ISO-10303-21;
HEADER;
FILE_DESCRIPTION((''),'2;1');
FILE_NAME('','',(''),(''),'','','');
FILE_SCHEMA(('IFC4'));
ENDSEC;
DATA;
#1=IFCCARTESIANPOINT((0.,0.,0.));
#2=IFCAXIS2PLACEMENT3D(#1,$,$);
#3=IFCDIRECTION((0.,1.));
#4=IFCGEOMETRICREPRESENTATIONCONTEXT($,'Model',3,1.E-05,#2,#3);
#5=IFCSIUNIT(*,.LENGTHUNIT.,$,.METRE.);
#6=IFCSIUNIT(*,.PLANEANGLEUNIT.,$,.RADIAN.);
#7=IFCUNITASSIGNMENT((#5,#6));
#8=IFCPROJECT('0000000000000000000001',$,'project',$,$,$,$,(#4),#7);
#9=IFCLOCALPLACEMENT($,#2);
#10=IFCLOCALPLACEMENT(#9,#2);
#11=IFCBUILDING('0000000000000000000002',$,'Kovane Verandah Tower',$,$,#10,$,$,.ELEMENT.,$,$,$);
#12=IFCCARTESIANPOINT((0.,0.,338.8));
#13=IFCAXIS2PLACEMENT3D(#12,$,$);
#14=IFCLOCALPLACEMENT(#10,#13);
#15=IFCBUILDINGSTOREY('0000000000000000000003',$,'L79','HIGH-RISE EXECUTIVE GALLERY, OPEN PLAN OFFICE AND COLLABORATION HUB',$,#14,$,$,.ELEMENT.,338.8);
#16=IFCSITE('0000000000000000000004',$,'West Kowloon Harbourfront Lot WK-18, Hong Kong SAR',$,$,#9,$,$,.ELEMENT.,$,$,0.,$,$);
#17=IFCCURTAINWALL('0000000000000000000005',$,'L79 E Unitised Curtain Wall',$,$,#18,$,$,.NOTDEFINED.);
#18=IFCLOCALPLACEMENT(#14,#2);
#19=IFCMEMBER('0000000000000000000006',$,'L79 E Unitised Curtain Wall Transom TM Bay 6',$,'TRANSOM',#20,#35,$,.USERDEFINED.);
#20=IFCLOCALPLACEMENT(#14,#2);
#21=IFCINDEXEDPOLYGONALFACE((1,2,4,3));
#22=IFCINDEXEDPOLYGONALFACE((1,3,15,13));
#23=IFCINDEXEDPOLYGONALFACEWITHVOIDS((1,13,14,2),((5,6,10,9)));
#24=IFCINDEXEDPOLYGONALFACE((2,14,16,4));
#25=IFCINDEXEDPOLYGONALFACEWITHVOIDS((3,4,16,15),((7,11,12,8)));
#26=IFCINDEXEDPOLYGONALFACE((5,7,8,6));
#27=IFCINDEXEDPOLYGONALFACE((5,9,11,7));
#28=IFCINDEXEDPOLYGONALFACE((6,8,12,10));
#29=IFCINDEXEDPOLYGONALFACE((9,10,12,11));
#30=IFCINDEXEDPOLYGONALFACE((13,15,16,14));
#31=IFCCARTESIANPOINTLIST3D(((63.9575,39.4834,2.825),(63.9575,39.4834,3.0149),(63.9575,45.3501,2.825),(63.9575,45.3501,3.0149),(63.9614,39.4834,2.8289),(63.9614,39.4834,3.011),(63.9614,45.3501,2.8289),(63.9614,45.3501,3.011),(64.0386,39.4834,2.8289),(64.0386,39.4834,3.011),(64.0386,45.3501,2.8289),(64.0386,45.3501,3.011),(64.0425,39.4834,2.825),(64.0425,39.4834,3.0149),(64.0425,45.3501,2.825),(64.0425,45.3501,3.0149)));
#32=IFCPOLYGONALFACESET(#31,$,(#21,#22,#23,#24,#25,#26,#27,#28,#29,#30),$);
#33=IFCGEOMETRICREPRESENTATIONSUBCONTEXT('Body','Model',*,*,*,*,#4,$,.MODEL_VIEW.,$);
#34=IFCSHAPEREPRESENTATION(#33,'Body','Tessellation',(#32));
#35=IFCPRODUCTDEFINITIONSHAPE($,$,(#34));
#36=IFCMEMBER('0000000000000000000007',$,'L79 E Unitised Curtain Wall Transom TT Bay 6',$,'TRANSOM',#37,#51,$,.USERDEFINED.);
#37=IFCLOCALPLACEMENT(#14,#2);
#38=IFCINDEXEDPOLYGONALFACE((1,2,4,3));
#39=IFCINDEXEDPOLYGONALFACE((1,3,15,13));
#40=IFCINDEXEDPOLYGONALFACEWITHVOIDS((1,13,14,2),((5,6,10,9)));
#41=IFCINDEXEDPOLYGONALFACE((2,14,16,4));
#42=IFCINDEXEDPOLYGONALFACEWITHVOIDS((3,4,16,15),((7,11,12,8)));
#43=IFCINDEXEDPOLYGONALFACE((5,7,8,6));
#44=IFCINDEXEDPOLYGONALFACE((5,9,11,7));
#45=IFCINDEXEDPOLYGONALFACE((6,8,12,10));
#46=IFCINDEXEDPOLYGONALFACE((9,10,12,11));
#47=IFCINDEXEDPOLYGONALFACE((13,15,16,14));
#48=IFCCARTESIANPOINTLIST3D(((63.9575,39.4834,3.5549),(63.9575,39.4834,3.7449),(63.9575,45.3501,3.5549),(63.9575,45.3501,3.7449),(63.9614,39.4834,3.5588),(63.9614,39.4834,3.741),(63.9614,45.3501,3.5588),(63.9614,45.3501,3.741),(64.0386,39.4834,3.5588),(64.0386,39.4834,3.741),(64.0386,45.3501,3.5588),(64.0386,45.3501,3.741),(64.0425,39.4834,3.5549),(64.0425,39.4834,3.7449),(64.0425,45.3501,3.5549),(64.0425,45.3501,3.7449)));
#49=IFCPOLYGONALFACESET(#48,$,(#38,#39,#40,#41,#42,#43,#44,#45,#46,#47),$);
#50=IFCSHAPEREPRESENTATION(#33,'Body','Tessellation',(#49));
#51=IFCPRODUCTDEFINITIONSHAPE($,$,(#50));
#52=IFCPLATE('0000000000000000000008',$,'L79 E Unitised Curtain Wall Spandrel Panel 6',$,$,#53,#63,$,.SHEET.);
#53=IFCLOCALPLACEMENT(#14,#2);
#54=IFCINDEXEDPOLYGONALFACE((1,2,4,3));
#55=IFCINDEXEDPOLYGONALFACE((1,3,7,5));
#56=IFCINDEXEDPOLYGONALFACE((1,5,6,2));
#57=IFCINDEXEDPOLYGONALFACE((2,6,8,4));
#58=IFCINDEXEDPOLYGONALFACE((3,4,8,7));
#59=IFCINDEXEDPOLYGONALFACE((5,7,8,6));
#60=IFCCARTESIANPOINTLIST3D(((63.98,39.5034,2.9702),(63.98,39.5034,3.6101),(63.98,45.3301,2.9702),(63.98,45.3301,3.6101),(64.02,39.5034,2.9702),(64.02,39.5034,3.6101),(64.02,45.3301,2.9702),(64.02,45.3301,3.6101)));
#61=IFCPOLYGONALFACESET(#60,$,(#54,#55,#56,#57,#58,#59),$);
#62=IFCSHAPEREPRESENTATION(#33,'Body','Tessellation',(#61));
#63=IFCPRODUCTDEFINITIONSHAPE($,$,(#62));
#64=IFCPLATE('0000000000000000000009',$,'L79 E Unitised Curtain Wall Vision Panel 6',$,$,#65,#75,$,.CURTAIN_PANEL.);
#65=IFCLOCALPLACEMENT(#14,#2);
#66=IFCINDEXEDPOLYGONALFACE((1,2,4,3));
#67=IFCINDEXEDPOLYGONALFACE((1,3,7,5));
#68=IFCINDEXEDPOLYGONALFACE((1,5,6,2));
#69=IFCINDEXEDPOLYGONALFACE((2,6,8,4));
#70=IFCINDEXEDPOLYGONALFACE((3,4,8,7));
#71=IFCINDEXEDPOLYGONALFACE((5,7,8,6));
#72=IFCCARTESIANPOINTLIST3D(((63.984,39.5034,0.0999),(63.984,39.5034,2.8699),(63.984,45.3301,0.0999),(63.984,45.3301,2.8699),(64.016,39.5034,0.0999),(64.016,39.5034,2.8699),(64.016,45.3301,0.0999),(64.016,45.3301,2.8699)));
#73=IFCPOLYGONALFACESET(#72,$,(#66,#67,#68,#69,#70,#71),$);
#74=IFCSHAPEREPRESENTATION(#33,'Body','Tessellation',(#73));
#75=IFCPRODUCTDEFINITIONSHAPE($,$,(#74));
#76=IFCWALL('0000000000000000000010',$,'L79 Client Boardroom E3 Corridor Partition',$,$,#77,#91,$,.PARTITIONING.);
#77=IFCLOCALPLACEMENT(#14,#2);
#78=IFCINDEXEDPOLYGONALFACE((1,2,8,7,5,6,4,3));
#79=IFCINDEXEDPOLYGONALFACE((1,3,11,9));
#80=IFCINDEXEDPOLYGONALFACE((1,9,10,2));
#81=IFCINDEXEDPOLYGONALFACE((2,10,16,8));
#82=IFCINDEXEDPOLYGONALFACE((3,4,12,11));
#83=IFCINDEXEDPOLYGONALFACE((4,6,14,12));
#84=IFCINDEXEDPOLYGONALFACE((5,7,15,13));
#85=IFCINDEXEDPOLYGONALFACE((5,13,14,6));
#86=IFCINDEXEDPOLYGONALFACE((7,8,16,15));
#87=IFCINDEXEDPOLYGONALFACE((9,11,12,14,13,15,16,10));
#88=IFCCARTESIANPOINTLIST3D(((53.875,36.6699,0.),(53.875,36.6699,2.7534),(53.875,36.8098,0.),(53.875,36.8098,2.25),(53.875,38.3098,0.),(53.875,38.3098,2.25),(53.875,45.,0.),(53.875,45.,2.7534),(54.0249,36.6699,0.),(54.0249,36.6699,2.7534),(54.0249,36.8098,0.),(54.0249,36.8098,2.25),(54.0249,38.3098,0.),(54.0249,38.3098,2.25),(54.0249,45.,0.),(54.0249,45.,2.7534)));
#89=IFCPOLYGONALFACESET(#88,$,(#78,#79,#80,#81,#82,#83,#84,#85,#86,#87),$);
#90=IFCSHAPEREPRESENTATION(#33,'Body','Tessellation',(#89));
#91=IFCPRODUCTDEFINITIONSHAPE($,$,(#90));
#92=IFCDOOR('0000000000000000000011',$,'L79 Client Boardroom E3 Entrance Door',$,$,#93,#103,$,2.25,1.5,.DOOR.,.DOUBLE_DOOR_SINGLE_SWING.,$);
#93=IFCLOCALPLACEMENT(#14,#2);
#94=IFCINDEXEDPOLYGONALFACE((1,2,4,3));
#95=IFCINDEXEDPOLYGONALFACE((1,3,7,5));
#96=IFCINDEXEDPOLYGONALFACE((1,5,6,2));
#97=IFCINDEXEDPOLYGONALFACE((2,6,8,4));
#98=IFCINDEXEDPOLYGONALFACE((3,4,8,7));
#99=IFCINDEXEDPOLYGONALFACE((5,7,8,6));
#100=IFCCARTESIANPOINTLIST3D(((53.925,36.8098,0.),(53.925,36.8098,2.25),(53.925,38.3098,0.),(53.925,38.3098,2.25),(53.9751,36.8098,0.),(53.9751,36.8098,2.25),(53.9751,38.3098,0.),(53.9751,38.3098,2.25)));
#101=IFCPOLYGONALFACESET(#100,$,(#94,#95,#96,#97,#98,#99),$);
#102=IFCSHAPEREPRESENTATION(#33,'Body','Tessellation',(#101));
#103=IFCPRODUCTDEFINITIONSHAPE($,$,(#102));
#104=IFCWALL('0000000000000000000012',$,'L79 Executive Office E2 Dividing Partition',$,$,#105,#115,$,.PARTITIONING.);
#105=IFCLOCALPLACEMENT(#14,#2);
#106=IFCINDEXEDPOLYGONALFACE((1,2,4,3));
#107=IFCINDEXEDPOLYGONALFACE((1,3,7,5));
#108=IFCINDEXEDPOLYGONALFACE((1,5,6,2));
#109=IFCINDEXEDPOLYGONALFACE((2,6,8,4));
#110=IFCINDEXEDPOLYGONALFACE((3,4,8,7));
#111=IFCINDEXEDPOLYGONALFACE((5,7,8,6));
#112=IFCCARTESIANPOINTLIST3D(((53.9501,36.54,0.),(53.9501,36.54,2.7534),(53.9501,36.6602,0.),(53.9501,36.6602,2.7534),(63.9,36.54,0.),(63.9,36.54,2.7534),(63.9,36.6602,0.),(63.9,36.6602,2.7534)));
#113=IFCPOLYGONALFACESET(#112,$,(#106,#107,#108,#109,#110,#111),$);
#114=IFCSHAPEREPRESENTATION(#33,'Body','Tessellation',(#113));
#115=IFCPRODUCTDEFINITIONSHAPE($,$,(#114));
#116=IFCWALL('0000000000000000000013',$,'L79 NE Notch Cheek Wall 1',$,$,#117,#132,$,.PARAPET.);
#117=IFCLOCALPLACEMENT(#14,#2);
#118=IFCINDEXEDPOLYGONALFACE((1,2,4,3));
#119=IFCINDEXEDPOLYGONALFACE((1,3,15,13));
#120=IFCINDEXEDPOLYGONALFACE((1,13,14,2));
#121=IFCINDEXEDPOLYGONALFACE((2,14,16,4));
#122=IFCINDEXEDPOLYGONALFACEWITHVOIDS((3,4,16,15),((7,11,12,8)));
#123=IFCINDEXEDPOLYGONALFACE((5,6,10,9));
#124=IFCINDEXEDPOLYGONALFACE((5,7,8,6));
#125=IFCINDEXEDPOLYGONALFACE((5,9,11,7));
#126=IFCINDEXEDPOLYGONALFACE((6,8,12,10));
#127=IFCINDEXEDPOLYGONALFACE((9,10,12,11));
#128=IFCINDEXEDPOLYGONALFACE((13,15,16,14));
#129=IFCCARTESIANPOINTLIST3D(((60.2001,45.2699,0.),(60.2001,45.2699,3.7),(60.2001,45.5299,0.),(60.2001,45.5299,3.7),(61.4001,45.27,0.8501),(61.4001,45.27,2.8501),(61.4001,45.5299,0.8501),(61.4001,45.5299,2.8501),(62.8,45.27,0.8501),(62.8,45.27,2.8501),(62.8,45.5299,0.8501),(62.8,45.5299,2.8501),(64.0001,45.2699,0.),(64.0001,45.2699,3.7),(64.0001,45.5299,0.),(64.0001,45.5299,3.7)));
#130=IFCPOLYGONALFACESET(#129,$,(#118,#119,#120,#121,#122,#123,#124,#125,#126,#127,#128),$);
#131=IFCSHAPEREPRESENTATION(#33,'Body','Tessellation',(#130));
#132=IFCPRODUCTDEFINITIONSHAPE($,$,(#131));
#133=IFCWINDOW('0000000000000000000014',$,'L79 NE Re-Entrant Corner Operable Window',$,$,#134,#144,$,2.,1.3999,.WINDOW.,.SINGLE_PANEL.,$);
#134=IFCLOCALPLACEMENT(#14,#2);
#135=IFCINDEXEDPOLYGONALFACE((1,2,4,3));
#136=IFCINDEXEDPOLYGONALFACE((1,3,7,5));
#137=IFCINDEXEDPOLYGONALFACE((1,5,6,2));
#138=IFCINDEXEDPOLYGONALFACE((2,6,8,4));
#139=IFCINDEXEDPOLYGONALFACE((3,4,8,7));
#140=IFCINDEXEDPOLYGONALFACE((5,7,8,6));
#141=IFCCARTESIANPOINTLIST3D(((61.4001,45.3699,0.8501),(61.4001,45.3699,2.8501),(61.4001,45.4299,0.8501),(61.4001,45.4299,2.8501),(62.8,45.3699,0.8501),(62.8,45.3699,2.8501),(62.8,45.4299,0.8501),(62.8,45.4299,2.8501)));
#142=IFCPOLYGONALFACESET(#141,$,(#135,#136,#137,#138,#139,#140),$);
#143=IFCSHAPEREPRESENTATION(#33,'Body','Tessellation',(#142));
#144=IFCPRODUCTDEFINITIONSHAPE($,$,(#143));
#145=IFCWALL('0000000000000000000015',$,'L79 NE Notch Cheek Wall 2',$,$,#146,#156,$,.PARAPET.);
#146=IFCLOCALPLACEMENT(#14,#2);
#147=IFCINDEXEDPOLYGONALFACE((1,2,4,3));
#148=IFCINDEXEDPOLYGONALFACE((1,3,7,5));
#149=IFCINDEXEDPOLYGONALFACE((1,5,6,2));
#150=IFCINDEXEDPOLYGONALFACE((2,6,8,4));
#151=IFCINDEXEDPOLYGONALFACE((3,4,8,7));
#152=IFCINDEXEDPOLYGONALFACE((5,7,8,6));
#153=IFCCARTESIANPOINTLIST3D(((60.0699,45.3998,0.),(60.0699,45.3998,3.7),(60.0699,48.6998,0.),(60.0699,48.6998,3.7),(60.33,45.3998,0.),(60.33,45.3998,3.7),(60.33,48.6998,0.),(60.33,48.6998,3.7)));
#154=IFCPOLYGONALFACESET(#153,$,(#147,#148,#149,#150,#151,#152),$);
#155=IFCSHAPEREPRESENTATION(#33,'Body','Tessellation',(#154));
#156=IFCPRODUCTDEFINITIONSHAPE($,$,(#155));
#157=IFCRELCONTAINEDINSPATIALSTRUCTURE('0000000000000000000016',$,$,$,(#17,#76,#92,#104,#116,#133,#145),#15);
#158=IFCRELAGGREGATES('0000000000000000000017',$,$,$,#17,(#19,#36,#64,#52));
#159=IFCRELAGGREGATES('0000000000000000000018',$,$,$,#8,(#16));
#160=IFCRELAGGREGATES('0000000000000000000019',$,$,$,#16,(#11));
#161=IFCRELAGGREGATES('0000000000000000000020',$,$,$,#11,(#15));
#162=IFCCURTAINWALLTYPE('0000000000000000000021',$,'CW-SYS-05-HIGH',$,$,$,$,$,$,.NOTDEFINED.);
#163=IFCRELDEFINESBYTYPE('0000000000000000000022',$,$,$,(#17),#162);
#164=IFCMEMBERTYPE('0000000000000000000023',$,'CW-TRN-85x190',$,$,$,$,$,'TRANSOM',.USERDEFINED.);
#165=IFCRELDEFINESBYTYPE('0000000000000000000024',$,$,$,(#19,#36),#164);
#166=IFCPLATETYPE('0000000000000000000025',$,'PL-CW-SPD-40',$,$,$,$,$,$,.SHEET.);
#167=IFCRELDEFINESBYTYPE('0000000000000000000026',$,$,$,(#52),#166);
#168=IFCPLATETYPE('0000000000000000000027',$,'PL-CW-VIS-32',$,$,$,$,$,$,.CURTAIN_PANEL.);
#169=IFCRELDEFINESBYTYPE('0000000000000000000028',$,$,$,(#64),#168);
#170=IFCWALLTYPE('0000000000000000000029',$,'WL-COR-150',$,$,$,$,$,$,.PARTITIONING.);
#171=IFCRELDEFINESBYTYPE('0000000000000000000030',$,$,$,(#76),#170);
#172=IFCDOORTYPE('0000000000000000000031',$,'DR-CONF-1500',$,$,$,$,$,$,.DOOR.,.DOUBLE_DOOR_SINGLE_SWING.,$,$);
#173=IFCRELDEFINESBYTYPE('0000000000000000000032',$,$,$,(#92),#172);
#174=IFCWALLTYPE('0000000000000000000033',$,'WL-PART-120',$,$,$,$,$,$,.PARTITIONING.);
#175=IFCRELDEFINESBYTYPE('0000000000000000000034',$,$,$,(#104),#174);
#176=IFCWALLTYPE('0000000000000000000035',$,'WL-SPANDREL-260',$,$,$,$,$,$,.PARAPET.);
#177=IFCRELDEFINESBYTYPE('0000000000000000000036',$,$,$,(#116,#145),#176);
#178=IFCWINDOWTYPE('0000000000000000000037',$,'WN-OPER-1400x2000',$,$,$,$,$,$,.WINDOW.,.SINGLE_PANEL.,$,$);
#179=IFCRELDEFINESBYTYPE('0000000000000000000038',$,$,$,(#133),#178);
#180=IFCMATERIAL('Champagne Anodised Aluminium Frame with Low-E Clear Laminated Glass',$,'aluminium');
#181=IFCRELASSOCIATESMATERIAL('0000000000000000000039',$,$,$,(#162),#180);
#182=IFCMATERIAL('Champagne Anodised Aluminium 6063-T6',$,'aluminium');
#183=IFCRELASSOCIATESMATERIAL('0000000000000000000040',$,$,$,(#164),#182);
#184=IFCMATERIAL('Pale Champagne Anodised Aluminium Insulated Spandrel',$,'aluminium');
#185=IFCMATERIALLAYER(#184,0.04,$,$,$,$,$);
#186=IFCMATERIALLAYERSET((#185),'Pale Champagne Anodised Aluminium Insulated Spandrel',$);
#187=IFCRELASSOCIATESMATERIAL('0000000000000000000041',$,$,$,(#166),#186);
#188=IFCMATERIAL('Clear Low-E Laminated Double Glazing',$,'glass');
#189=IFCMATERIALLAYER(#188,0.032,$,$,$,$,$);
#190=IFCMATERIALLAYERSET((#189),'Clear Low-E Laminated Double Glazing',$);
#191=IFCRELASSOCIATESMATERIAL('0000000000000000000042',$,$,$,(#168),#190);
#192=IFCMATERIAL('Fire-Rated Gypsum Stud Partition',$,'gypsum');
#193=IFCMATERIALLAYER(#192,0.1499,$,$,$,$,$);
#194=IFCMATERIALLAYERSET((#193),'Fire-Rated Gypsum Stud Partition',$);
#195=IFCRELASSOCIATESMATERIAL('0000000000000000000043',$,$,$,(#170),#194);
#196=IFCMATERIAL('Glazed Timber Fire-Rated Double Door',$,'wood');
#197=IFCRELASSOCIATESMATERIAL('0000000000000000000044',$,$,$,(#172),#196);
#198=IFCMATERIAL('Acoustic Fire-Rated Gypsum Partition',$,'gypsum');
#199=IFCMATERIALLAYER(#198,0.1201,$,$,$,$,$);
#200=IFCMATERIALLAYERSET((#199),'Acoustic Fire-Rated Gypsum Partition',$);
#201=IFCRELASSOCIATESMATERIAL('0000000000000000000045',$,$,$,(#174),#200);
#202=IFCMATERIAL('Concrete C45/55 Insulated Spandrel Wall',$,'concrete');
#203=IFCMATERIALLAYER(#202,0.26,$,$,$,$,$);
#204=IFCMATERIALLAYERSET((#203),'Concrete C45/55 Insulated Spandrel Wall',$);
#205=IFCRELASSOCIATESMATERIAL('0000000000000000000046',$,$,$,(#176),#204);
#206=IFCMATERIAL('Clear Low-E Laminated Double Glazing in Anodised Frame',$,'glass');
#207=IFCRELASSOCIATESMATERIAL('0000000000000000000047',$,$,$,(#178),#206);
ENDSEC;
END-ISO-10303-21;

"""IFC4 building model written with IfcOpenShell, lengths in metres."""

from ifc_helpers import new_model, si_unit, direction, frame, frame_2d, origin, origin_2d, place, context, subcontext, project, spatial, rectangle, hollow_rectangle, extrude, material, layer, layer_set, material_profile, profile_set, type_object, element, fill, aggregate, save


model = new_model("IFC4")

# Units and contexts
model_context = context("Model", 3, precision=1e-05, world=origin(), true_north=direction((0.0, 1.0)))
body_context = subcontext(model_context, "Body", "Model", "MODEL_VIEW")
ifc_project = project(units=[si_unit("LENGTHUNIT", "METRE"), si_unit("PLANEANGLEUNIT", "RADIAN")], contexts=[model_context])

# Site, building, storey
site_placement = place(None, origin())
site = spatial("IfcSite", under=ifc_project, at=site_placement, Name="West Kowloon Harbourfront Lot WK-18, Hong Kong SAR", CompositionType="ELEMENT", RefElevation=0.0)
building_placement = place(site_placement, origin())
building = spatial("IfcBuilding", under=site, at=building_placement, Name="Kovane Verandah Tower", CompositionType="ELEMENT")
storey_placement = place(building_placement, frame((0.0, 0.0, 338.8)))
storey = spatial("IfcBuildingStorey", under=building, at=storey_placement, Name="L79", Description="HIGH-RISE EXECUTIVE GALLERY, OPEN PLAN OFFICE AND COLLABORATION HUB", CompositionType="ELEMENT", Elevation=338.8)

# Curtain wall, members, plates
ifc_material_1 = material(Name="Champagne Anodised Aluminium Frame with Low-E Clear Laminated Glass", Category="aluminium")
curtain_wall_type = type_object("IfcCurtainWallType", Name="CW-SYS-05-HIGH", PredefinedType="NOTDEFINED", material=ifc_material_1)
curtain_wall_placement = place(storey_placement, origin())
curtain_wall = element("IfcCurtainWall", 1, at=curtain_wall_placement, inside=storey, type_object=curtain_wall_type, Name="L79 E Unitised Curtain Wall", PredefinedType="NOTDEFINED")
ifc_material_2 = material(Name="Champagne Anodised Aluminium 6063-T6", Category="aluminium")
ifc_material_profile_1 = material_profile(ifc_material_2, hollow_rectangle(XDim=0.085, YDim=0.1899, WallThickness=0.0039, at=origin_2d()), Name="AL85x190x4")
ifc_profile_set_1 = profile_set([ifc_material_profile_1], Name="Champagne Anodised Aluminium 6063-T6")
member_type_1 = type_object("IfcMemberType", Name="CW-TRN-85x190", ElementType="TRANSOM", PredefinedType="USERDEFINED", material=ifc_profile_set_1)
member_1_placement = place(storey_placement, frame((64.0, 39.4834, 2.9199), z_axis=(0.0, 1.0, 0.0), x_axis=(-1.0, 0.0, 0.0)))
member_1 = element("IfcMember", 2, at=member_1_placement, type_object=member_type_1, Name="L79 E Unitised Curtain Wall Transom TM Bay 6", ObjectType="TRANSOM", PredefinedType="USERDEFINED", context=body_context, shape_type="SweptSolid", body=[
    extrude(hollow_rectangle(XDim=0.085, YDim=0.1899, WallThickness=0.0039, at=origin_2d()), origin(), (0.0, 0.0, 1.0), 5.8667),
])
member_2_placement = place(storey_placement, frame((64.0, 39.4834, 3.6499), z_axis=(0.0, 1.0, 0.0), x_axis=(-1.0, 0.0, 0.0)))
member_2 = element("IfcMember", 3, at=member_2_placement, type_object=member_type_1, Name="L79 E Unitised Curtain Wall Transom TT Bay 6", ObjectType="TRANSOM", PredefinedType="USERDEFINED", context=body_context, shape_type="SweptSolid", body=[
    extrude(hollow_rectangle(XDim=0.085, YDim=0.1899, WallThickness=0.0039, at=origin_2d()), origin(), (0.0, 0.0, 1.0), 5.8667),
])
ifc_material_3 = material(Name="Pale Champagne Anodised Aluminium Insulated Spandrel", Category="aluminium")
ifc_layer_1 = layer(ifc_material_3, 0.04)
ifc_layer_set_1 = layer_set([ifc_layer_1], Name="Pale Champagne Anodised Aluminium Insulated Spandrel")
plate_type_1 = type_object("IfcPlateType", Name="PL-CW-SPD-40", PredefinedType="SHEET", material=ifc_layer_set_1)
plate_1_placement = place(storey_placement, frame((64.0, 42.4167, 2.9702), z_axis=(0.0, 0.0, 1.0), x_axis=(0.0, 1.0, 0.0)))
plate_1 = element("IfcPlate", 4, at=plate_1_placement, type_object=plate_type_1, Name="L79 E Unitised Curtain Wall Spandrel Panel 6", PredefinedType="SHEET", context=body_context, shape_type="SweptSolid", body=[
    extrude(rectangle(XDim=5.8267, YDim=0.04, at=origin_2d()), origin(), (0.0, 0.0, 1.0), 0.6399),
])
ifc_material_4 = material(Name="Clear Low-E Laminated Double Glazing", Category="glass")
ifc_layer_2 = layer(ifc_material_4, 0.032)
ifc_layer_set_2 = layer_set([ifc_layer_2], Name="Clear Low-E Laminated Double Glazing")
plate_type_2 = type_object("IfcPlateType", Name="PL-CW-VIS-32", PredefinedType="CURTAIN_PANEL", material=ifc_layer_set_2)
plate_2_placement = place(storey_placement, frame((64.0, 42.4167, 0.0999), z_axis=(0.0, 0.0, 1.0), x_axis=(0.0, 1.0, 0.0)))
plate_2 = element("IfcPlate", 5, at=plate_2_placement, type_object=plate_type_2, Name="L79 E Unitised Curtain Wall Vision Panel 6", PredefinedType="CURTAIN_PANEL", context=body_context, shape_type="SweptSolid", body=[
    extrude(rectangle(XDim=5.8267, YDim=0.032, at=origin_2d()), origin(), (0.0, 0.0, 1.0), 2.77),
])
aggregate(curtain_wall, [member_1, member_2, plate_2, plate_1])

# Wall, opening, door
ifc_material_5 = material(Name="Fire-Rated Gypsum Stud Partition", Category="gypsum")
ifc_layer_3 = layer(ifc_material_5, 0.1499)
ifc_layer_set_3 = layer_set([ifc_layer_3], Name="Fire-Rated Gypsum Stud Partition")
wall_type_1 = type_object("IfcWallType", Name="WL-COR-150", PredefinedType="PARTITIONING", material=ifc_layer_set_3)
wall_1_placement = place(storey_placement, frame((53.95, 36.6699, 0.0), z_axis=(0.0, 0.0, 1.0), x_axis=(0.0, 1.0, 0.0)))
wall_1 = element("IfcWall", 6, at=wall_1_placement, inside=storey, type_object=wall_type_1, Name="L79 Client Boardroom E3 Corridor Partition", PredefinedType="PARTITIONING", context=body_context, shape_type="SweptSolid", body=[
    extrude(rectangle(XDim=8.3301, YDim=0.1499, at=frame_2d((4.165, 0.0))), origin(), (0.0, 0.0, 1.0), 2.7534),
])
opening_1_placement = place(wall_1_placement, frame((0.1399, 0.0, 0.0)))
opening_1 = element("IfcOpeningElement", 7, at=opening_1_placement, cuts=wall_1, PredefinedType="OPENING", context=body_context, shape_type="SweptSolid", body=[
    extrude(rectangle(XDim=1.5, YDim=2.25, at=frame_2d((0.75, 1.125))), frame((0.0, 0.075, 0.0), z_axis=(0.0, -1.0, 0.0), x_axis=(1.0, 0.0, 0.0)), (0.0, 0.0, 1.0), 0.1499),
])
ifc_material_6 = material(Name="Glazed Timber Fire-Rated Double Door", Category="wood")
door_type_1 = type_object("IfcDoorType", Name="DR-CONF-1500", OperationType="DOUBLE_DOOR_SINGLE_SWING", PredefinedType="DOOR", material=ifc_material_6)
door_1_placement = place(opening_1_placement, origin())
door_1 = element("IfcDoor", 8, at=door_1_placement, inside=storey, type_object=door_type_1, Name="L79 Client Boardroom E3 Entrance Door", OperationType="DOUBLE_DOOR_SINGLE_SWING", OverallHeight=2.25, OverallWidth=1.5, PredefinedType="DOOR", context=body_context, shape_type="SweptSolid", body=[
    extrude(rectangle(XDim=1.5, YDim=2.25, at=frame_2d((0.75, 1.125))), frame((0.0, 0.0249, 0.0), z_axis=(0.0, -1.0, 0.0), x_axis=(1.0, 0.0, 0.0)), (0.0, 0.0, 1.0), 0.05),
])
fill(opening_1, door_1)

# Wall
ifc_material_7 = material(Name="Acoustic Fire-Rated Gypsum Partition", Category="gypsum")
ifc_layer_4 = layer(ifc_material_7, 0.1201)
ifc_layer_set_4 = layer_set([ifc_layer_4], Name="Acoustic Fire-Rated Gypsum Partition")
wall_type_2 = type_object("IfcWallType", Name="WL-PART-120", PredefinedType="PARTITIONING", material=ifc_layer_set_4)
wall_2_placement = place(storey_placement, frame((53.95, 36.6001, 0.0), z_axis=(0.0, 0.0, 1.0), x_axis=(1.0, 0.0, 0.0)))
element("IfcWall", 9, at=wall_2_placement, inside=storey, type_object=wall_type_2, Name="L79 Executive Office E2 Dividing Partition", PredefinedType="PARTITIONING", context=body_context, shape_type="SweptSolid", body=[
    extrude(rectangle(XDim=9.95, YDim=0.1201, at=frame_2d((4.9751, 0.0))), origin(), (0.0, 0.0, 1.0), 2.7534),
])

# Shared definitions
ifc_material_8 = material(Name="Concrete C45/55 Insulated Spandrel Wall", Category="concrete")
ifc_layer_5 = layer(ifc_material_8, 0.26)
ifc_layer_set_5 = layer_set([ifc_layer_5], Name="Concrete C45/55 Insulated Spandrel Wall")
wall_type_3 = type_object("IfcWallType", Name="WL-SPANDREL-260", PredefinedType="PARAPET", material=ifc_layer_set_5)
ifc_material_9 = material(Name="Clear Low-E Laminated Double Glazing in Anodised Frame", Category="glass")

# Wall, opening, window
wall_3_placement = place(storey_placement, frame((64.0, 45.3999, 0.0), z_axis=(0.0, 0.0, 1.0), x_axis=(-1.0, 0.0, 0.0)))
wall_3 = element("IfcWall", 10, at=wall_3_placement, inside=storey, type_object=wall_type_3, Name="L79 NE Notch Cheek Wall 1", PredefinedType="PARAPET", context=body_context, shape_type="SweptSolid", body=[
    extrude(rectangle(XDim=3.8, YDim=0.26, at=frame_2d((1.8999, 0.0))), origin(), (0.0, 0.0, 1.0), 3.7),
])
opening_2_placement = place(wall_3_placement, frame((1.2, 0.0, 0.8501)))
opening_2 = element("IfcOpeningElement", 11, at=opening_2_placement, cuts=wall_3, PredefinedType="OPENING", context=body_context, shape_type="SweptSolid", body=[
    extrude(rectangle(XDim=1.3999, YDim=2.0, at=frame_2d((0.7, 1.0))), frame((0.0, 0.1299, 0.0), z_axis=(0.0, -1.0, 0.0), x_axis=(1.0, 0.0, 0.0)), (0.0, 0.0, 1.0), 0.26),
])
window_type_1 = type_object("IfcWindowType", Name="WN-OPER-1400x2000", PartitioningType="SINGLE_PANEL", PredefinedType="WINDOW", material=ifc_material_9)
window_1_placement = place(opening_2_placement, origin())
window_1 = element("IfcWindow", 12, at=window_1_placement, inside=storey, type_object=window_type_1, Name="L79 NE Re-Entrant Corner Operable Window", OverallHeight=2.0, OverallWidth=1.3999, PartitioningType="SINGLE_PANEL", PredefinedType="WINDOW", context=body_context, shape_type="SweptSolid", body=[
    extrude(rectangle(XDim=1.3999, YDim=2.0, at=frame_2d((0.7, 1.0))), frame((0.0, 0.03, 0.0), z_axis=(0.0, -1.0, 0.0), x_axis=(1.0, 0.0, 0.0)), (0.0, 0.0, 1.0), 0.0601),
])
fill(opening_2, window_1)

# Wall
wall_4_placement = place(storey_placement, frame((60.2, 45.3999, 0.0), z_axis=(0.0, 0.0, 1.0), x_axis=(0.0, 1.0, 0.0)))
element("IfcWall", 13, at=wall_4_placement, inside=storey, type_object=wall_type_3, Name="L79 NE Notch Cheek Wall 2", PredefinedType="PARAPET", context=body_context, shape_type="SweptSolid", body=[
    extrude(rectangle(XDim=3.3, YDim=0.26, at=frame_2d((1.6499, 0.0))), origin(), (0.0, 0.0, 1.0), 3.7),
])

save(model, "model.ifc")
